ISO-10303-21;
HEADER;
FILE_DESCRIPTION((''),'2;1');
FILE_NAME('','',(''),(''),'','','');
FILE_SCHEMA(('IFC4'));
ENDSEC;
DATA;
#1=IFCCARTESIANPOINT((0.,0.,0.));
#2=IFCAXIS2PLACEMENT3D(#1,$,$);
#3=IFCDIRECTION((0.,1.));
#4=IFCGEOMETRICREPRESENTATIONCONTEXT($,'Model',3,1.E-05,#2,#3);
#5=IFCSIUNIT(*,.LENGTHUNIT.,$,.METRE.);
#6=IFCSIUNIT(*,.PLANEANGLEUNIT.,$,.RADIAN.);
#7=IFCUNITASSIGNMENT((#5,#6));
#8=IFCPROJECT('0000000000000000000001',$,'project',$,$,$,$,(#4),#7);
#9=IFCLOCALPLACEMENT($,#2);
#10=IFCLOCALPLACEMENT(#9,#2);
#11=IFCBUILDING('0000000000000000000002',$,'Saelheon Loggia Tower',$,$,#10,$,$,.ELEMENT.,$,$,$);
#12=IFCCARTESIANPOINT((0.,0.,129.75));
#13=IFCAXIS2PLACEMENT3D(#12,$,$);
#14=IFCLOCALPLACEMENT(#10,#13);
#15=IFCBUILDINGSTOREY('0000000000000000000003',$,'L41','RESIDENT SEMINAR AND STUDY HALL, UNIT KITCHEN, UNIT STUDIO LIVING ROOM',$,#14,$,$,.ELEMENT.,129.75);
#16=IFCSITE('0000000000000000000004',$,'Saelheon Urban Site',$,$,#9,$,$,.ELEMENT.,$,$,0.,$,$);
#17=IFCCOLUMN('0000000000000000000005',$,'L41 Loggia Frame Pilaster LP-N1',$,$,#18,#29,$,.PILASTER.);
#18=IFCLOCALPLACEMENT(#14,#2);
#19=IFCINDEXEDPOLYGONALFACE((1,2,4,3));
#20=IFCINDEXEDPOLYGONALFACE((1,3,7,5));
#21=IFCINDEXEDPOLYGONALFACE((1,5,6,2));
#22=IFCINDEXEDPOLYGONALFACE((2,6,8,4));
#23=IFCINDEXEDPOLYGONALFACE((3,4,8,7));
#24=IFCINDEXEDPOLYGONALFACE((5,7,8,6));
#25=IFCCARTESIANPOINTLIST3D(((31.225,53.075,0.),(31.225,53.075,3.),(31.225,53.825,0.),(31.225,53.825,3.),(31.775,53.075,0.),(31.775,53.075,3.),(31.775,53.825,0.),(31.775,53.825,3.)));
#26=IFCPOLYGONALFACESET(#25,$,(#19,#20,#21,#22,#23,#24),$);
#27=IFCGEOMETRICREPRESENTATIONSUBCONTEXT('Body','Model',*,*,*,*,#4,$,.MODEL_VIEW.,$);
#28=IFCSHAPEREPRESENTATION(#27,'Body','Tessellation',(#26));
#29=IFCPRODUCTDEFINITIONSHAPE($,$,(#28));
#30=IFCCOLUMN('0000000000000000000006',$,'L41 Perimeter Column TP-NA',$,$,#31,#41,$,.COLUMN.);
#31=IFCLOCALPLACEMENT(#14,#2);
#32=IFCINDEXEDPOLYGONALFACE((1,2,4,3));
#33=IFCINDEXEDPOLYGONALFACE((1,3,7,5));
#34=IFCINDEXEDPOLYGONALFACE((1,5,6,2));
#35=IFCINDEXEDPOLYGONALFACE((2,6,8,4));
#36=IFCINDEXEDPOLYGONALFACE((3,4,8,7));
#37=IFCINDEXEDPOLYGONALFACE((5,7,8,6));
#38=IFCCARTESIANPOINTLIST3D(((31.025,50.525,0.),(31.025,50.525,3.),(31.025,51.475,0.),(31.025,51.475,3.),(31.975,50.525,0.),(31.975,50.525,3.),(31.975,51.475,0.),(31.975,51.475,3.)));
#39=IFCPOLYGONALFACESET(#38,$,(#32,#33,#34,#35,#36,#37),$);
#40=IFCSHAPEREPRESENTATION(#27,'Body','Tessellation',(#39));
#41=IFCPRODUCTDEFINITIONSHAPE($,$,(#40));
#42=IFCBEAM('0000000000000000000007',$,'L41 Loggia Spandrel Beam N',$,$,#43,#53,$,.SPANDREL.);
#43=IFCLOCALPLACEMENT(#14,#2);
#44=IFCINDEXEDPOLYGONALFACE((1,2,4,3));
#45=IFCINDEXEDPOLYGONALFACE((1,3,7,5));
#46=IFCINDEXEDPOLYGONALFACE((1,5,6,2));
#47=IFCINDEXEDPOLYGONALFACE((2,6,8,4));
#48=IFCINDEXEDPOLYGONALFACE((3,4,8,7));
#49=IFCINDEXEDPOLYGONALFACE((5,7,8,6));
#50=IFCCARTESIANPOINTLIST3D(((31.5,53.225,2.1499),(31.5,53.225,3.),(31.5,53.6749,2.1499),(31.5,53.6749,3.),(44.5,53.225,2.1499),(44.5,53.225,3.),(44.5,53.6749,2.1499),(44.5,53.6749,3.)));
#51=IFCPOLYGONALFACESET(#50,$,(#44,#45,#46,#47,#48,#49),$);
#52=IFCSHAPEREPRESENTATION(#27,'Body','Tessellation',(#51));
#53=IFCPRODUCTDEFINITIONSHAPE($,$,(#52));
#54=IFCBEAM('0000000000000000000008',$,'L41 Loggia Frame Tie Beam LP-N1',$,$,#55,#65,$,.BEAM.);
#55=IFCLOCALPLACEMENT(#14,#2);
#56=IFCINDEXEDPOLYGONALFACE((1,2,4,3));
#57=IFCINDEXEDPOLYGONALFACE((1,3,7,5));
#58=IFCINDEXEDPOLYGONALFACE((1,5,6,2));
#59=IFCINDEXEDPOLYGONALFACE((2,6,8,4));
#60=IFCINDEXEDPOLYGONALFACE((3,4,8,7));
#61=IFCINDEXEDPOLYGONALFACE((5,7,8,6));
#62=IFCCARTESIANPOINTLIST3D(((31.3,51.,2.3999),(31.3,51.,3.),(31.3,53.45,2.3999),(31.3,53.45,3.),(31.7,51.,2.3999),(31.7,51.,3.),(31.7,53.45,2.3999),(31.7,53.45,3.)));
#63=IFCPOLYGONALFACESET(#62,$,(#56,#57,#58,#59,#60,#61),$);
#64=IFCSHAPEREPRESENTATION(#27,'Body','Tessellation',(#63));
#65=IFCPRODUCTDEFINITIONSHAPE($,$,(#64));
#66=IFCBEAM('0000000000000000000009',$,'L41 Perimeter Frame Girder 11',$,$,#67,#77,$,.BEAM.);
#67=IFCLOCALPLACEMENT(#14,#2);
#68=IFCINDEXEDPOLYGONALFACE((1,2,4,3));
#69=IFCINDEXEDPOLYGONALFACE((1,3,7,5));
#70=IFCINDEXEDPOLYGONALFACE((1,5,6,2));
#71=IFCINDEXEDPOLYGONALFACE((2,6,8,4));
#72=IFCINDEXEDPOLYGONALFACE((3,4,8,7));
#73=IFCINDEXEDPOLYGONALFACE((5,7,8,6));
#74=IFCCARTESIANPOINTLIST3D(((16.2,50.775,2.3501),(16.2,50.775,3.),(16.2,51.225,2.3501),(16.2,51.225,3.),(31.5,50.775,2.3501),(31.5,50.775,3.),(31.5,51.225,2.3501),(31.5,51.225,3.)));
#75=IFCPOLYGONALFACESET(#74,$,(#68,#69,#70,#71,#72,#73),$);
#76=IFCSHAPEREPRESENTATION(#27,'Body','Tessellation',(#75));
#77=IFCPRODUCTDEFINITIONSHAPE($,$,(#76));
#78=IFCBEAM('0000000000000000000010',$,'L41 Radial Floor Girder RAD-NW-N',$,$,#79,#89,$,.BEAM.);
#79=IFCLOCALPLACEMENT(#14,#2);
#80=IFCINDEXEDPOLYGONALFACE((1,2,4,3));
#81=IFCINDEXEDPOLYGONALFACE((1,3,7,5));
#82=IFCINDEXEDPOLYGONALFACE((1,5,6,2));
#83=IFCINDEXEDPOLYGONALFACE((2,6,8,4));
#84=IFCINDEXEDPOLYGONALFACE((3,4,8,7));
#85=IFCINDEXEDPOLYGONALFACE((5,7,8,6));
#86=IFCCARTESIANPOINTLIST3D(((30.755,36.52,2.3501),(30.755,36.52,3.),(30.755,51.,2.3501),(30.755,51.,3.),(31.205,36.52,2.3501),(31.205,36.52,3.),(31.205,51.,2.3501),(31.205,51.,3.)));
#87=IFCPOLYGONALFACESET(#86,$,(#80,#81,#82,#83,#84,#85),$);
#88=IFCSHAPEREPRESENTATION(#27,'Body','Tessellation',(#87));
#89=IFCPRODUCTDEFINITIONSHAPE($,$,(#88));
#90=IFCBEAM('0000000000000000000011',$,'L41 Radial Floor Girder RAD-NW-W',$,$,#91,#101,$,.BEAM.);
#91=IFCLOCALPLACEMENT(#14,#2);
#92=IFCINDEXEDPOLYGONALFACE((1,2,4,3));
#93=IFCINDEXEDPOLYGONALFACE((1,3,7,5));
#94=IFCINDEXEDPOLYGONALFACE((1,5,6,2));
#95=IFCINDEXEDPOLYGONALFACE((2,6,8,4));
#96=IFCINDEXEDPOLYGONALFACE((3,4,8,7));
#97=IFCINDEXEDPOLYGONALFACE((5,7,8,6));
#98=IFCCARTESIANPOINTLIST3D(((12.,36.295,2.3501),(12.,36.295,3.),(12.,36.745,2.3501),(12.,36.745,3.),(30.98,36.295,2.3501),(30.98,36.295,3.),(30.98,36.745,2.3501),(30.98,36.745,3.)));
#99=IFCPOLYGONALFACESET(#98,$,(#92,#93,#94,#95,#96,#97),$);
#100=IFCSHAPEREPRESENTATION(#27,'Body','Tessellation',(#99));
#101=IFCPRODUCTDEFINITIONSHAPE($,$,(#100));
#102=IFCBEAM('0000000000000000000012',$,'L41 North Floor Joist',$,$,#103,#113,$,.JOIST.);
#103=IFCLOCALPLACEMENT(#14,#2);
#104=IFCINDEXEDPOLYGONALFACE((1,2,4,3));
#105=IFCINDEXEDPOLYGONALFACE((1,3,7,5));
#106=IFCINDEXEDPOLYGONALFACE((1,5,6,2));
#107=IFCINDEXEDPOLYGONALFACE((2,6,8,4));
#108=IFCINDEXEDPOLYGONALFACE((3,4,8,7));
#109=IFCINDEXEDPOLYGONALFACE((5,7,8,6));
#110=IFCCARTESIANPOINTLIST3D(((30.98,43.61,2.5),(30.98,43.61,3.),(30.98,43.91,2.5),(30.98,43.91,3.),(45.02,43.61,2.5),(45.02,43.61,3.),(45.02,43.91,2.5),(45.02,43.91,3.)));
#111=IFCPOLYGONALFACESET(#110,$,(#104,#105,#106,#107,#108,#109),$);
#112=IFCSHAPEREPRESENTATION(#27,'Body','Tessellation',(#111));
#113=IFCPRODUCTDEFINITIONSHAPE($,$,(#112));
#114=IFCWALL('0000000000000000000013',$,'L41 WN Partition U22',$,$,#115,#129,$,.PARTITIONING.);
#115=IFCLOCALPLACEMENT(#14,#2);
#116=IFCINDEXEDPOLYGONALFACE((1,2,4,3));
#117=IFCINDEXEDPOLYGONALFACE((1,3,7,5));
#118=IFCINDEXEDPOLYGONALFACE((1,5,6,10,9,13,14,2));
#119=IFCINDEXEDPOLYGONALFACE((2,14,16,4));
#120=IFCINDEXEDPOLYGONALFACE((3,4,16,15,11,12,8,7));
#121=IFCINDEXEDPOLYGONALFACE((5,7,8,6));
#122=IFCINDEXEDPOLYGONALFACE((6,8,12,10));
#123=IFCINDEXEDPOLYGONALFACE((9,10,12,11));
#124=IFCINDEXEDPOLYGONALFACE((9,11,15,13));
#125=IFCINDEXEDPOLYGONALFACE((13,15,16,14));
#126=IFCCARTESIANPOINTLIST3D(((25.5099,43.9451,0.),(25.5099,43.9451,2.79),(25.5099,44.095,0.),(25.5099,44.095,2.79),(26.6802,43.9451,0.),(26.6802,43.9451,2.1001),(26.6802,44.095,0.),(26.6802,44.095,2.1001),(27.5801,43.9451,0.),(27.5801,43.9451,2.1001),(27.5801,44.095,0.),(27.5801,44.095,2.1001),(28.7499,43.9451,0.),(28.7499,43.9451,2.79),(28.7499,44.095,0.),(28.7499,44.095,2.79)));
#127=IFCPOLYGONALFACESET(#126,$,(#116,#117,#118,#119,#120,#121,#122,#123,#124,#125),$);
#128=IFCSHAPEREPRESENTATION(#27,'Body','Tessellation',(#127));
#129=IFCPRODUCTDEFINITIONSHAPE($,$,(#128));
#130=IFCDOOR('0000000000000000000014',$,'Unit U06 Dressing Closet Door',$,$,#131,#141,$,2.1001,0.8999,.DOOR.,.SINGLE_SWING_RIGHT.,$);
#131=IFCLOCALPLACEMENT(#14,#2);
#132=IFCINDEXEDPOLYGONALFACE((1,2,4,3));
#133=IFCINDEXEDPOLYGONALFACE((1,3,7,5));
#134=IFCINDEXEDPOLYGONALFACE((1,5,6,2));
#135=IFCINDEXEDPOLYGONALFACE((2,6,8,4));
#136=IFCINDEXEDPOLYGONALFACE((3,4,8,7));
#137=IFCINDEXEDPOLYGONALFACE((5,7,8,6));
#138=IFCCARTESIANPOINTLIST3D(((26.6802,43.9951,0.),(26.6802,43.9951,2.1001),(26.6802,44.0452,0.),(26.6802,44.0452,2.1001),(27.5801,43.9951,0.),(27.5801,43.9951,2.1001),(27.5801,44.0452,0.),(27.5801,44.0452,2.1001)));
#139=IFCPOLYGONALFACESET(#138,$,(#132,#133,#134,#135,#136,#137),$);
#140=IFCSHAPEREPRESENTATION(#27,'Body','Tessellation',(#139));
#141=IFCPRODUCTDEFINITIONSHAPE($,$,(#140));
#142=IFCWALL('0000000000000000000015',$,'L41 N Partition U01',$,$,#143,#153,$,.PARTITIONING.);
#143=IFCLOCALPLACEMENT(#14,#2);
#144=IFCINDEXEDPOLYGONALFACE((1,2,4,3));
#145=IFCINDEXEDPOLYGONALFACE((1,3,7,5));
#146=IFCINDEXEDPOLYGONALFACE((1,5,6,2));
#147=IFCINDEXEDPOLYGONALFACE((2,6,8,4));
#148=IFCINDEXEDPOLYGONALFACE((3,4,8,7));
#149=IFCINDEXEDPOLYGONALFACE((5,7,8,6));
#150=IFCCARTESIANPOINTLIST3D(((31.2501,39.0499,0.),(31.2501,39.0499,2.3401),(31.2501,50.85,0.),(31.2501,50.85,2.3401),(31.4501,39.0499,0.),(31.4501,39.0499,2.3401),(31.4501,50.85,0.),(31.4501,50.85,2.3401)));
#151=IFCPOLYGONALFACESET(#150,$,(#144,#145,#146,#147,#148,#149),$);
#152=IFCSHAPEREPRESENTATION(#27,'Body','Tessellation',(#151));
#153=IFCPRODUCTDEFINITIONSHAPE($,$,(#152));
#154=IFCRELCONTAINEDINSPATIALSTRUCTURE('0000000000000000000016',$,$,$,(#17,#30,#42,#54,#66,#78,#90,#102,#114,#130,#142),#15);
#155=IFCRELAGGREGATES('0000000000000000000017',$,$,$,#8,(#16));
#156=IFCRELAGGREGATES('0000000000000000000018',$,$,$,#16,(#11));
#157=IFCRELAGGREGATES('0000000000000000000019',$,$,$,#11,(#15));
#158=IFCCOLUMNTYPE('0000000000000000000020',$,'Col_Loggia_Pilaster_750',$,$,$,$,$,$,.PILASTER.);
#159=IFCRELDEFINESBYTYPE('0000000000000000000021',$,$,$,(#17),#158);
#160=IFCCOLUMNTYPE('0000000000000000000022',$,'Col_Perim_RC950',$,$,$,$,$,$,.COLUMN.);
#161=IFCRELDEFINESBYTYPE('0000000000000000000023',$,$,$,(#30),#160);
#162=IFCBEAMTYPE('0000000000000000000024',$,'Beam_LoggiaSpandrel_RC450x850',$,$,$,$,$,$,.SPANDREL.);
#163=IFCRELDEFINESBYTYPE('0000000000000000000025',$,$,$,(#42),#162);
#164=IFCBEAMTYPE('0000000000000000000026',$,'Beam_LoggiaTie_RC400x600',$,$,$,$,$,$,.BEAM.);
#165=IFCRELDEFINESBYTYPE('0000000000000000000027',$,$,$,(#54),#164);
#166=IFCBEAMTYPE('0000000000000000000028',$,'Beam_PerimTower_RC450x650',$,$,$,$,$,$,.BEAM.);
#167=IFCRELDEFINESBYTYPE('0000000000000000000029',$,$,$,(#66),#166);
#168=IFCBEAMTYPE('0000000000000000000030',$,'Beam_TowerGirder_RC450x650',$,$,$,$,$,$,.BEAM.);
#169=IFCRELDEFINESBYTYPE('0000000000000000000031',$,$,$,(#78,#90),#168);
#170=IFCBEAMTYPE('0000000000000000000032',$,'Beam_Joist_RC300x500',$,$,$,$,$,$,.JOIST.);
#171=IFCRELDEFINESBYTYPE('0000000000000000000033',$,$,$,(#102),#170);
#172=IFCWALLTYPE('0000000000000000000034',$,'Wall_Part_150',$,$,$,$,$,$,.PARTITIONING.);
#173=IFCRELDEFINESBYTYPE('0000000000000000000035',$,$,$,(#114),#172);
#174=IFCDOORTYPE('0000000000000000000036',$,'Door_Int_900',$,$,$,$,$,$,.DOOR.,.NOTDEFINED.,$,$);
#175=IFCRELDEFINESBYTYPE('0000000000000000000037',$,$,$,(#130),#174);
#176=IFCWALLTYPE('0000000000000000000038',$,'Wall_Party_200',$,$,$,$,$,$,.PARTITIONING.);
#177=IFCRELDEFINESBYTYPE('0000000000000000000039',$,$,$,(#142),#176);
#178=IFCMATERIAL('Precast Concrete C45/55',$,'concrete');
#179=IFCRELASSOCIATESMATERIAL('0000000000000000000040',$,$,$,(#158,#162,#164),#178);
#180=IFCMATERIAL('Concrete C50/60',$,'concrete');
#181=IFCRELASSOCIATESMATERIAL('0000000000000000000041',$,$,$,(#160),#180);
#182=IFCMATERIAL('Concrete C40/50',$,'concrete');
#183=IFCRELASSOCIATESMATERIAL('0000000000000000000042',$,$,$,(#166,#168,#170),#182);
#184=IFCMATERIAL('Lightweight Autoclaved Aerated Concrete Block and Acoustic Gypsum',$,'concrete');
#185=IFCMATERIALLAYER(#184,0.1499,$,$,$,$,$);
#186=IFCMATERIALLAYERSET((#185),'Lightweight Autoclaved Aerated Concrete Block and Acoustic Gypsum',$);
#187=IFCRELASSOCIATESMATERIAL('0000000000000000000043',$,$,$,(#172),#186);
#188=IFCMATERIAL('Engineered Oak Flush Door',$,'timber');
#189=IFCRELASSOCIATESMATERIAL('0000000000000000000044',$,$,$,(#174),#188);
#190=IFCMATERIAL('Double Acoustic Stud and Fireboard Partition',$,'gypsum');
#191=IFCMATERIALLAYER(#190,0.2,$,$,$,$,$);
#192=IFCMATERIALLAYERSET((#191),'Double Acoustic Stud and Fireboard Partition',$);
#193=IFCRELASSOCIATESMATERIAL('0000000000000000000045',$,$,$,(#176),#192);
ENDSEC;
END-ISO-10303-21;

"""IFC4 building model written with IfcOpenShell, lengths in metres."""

from ifc_helpers import new_model, si_unit, direction, frame, frame_2d, origin, origin_2d, place, context, subcontext, project, spatial, rectangle, extrude, source, transform, mapped, material, layer, layer_set, material_profile, profile_set, type_object, element, fill, save


model = new_model("IFC4")

# Units and contexts
model_context = context("Model", 3, precision=1e-05, world=origin(), true_north=direction((0.0, 1.0)))
body_context = subcontext(model_context, "Body", "Model", "MODEL_VIEW")
ifc_project = project(units=[si_unit("LENGTHUNIT", "METRE"), si_unit("PLANEANGLEUNIT", "RADIAN")], contexts=[model_context])

# Site, building, storey
site_placement = place(None, origin())
site = spatial("IfcSite", under=ifc_project, at=site_placement, Name="Saelheon Urban Site", CompositionType="ELEMENT", RefElevation=0.0)
building_placement = place(site_placement, origin())
building = spatial("IfcBuilding", under=site, at=building_placement, Name="Saelheon Loggia Tower", CompositionType="ELEMENT")
storey_placement = place(building_placement, frame((0.0, 0.0, 129.75)))
storey = spatial("IfcBuildingStorey", under=building, at=storey_placement, Name="L41", Description="RESIDENT SEMINAR AND STUDY HALL, UNIT KITCHEN, UNIT STUDIO LIVING ROOM", CompositionType="ELEMENT", Elevation=129.75)

# Columns
ifc_material_1 = material(Name="Precast Concrete C45/55", Category="concrete")
ifc_material_profile_1 = material_profile(ifc_material_1, rectangle(XDim=0.55, YDim=0.75, at=origin_2d()), Name="RC-550x750")
ifc_profile_set_1 = profile_set([ifc_material_profile_1], Name="Precast Concrete C45/55")
column_type_1 = type_object("IfcColumnType", Name="Col_Loggia_Pilaster_750", PredefinedType="PILASTER", material=ifc_profile_set_1)
shared_shape_1 = source(origin(), body_context, "Body", "SweptSolid", [
    extrude(rectangle(XDim=0.55, YDim=0.75, at=origin_2d()), origin(), (0.0, 0.0, 1.0), 3.0),
])
column_1_placement = place(storey_placement, frame((31.5, 53.45, 0.0), z_axis=(0.0, 0.0, 1.0), x_axis=(1.0, 0.0, 0.0)))
element("IfcColumn", 1, at=column_1_placement, inside=storey, type_object=column_type_1, Name="L41 Loggia Frame Pilaster LP-N1", PredefinedType="PILASTER", context=body_context, shape_type="MappedRepresentation", body=[
    mapped(shared_shape_1, transform((0.0, 0.0, 0.0), scale=1.0)),
])
ifc_material_2 = material(Name="Concrete C50/60", Category="concrete")
ifc_material_profile_2 = material_profile(ifc_material_2, rectangle(XDim=0.95, YDim=0.95, at=origin_2d()), Name="RC-950x950")
ifc_profile_set_2 = profile_set([ifc_material_profile_2], Name="Concrete C50/60")
column_type_2 = type_object("IfcColumnType", Name="Col_Perim_RC950", PredefinedType="COLUMN", material=ifc_profile_set_2)
shared_shape_2 = source(origin(), body_context, "Body", "SweptSolid", [
    extrude(rectangle(XDim=0.95, YDim=0.95, at=origin_2d()), origin(), (0.0, 0.0, 1.0), 3.0),
])
column_2_placement = place(storey_placement, frame((31.5, 51.0, 0.0), z_axis=(0.0, 0.0, 1.0), x_axis=(1.0, 0.0, 0.0)))
element("IfcColumn", 2, at=column_2_placement, inside=storey, type_object=column_type_2, Name="L41 Perimeter Column TP-NA", PredefinedType="COLUMN", context=body_context, shape_type="MappedRepresentation", body=[
    mapped(shared_shape_2, transform((0.0, 0.0, 0.0), scale=1.0)),
])

# Beams
ifc_material_profile_3 = material_profile(ifc_material_1, rectangle(XDim=0.45, YDim=0.8501, at=origin_2d()), Name="RC-450x850")
ifc_profile_set_3 = profile_set([ifc_material_profile_3], Name="Precast Concrete C45/55")
beam_type_1 = type_object("IfcBeamType", Name="Beam_LoggiaSpandrel_RC450x850", PredefinedType="SPANDREL", material=ifc_profile_set_3)
shared_shape_3 = source(origin(), body_context, "Body", "SweptSolid", [
    extrude(rectangle(XDim=0.45, YDim=0.8501, at=origin_2d()), origin(), (0.0, 0.0, 1.0), 13.0),
])
beam_1_placement = place(storey_placement, frame((31.5, 53.45, 2.575), z_axis=(1.0, 0.0, 0.0), x_axis=(0.0, 1.0, 0.0)))
element("IfcBeam", 3, at=beam_1_placement, inside=storey, type_object=beam_type_1, Name="L41 Loggia Spandrel Beam N", PredefinedType="SPANDREL", context=body_context, shape_type="MappedRepresentation", body=[
    mapped(shared_shape_3, transform((0.0, 0.0, 0.0), scale=1.0)),
])
ifc_material_profile_4 = material_profile(ifc_material_1, rectangle(XDim=0.3999, YDim=0.6001, at=origin_2d()), Name="RC-400x600")
ifc_profile_set_4 = profile_set([ifc_material_profile_4], Name="Precast Concrete C45/55")
beam_type_2 = type_object("IfcBeamType", Name="Beam_LoggiaTie_RC400x600", PredefinedType="BEAM", material=ifc_profile_set_4)
shared_shape_4 = source(origin(), body_context, "Body", "SweptSolid", [
    extrude(rectangle(XDim=0.3999, YDim=0.6001, at=origin_2d()), origin(), (0.0, 0.0, 1.0), 2.45),
])
beam_2_placement = place(storey_placement, frame((31.5, 51.0, 2.7), z_axis=(0.0, 1.0, 0.0), x_axis=(-1.0, 0.0, 0.0)))
element("IfcBeam", 4, at=beam_2_placement, inside=storey, type_object=beam_type_2, Name="L41 Loggia Frame Tie Beam LP-N1", PredefinedType="BEAM", context=body_context, shape_type="MappedRepresentation", body=[
    mapped(shared_shape_4, transform((0.0, 0.0, 0.0), scale=1.0)),
])
ifc_material_3 = material(Name="Concrete C40/50", Category="concrete")
ifc_material_profile_5 = material_profile(ifc_material_3, rectangle(XDim=0.45, YDim=0.6499, at=origin_2d()), Name="RC-450x650")
ifc_profile_set_5 = profile_set([ifc_material_profile_5], Name="Concrete C40/50")
beam_type_3 = type_object("IfcBeamType", Name="Beam_PerimTower_RC450x650", PredefinedType="BEAM", material=ifc_profile_set_5)
shared_shape_5 = source(origin(), body_context, "Body", "SweptSolid", [
    extrude(rectangle(XDim=0.45, YDim=0.6499, at=origin_2d()), origin(), (0.0, 0.0, 1.0), 15.3),
])
beam_3_placement = place(storey_placement, frame((31.5, 51.0, 2.675), z_axis=(-1.0, 0.0, 0.0), x_axis=(0.0, -1.0, 0.0)))
element("IfcBeam", 5, at=beam_3_placement, inside=storey, type_object=beam_type_3, Name="L41 Perimeter Frame Girder 11", PredefinedType="BEAM", context=body_context, shape_type="MappedRepresentation", body=[
    mapped(shared_shape_5, transform((0.0, 0.0, 0.0), scale=1.0)),
])
ifc_material_profile_6 = material_profile(ifc_material_3, rectangle(XDim=0.45, YDim=0.6499, at=origin_2d()), Name="RC-450x650")
ifc_profile_set_6 = profile_set([ifc_material_profile_6], Name="Concrete C40/50")
beam_type_4 = type_object("IfcBeamType", Name="Beam_TowerGirder_RC450x650", PredefinedType="BEAM", material=ifc_profile_set_6)
shared_shape_6 = source(origin(), body_context, "Body", "SweptSolid", [
    extrude(rectangle(XDim=0.45, YDim=0.6499, at=origin_2d()), origin(), (0.0, 0.0, 1.0), 14.48),
])
beam_4_placement = place(storey_placement, frame((30.98, 36.52, 2.675), z_axis=(0.0, 1.0, 0.0), x_axis=(-1.0, 0.0, 0.0)))
element("IfcBeam", 6, at=beam_4_placement, inside=storey, type_object=beam_type_4, Name="L41 Radial Floor Girder RAD-NW-N", PredefinedType="BEAM", context=body_context, shape_type="MappedRepresentation", body=[
    mapped(shared_shape_6, transform((0.0, 0.0, 0.0), scale=1.0)),
])
shared_shape_7 = source(origin(), body_context, "Body", "SweptSolid", [
    extrude(rectangle(XDim=0.45, YDim=0.6499, at=origin_2d()), origin(), (0.0, 0.0, 1.0), 18.98),
])
beam_5_placement = place(storey_placement, frame((30.98, 36.52, 2.675), z_axis=(-1.0, 0.0, 0.0), x_axis=(0.0, -1.0, 0.0)))
element("IfcBeam", 7, at=beam_5_placement, inside=storey, type_object=beam_type_4, Name="L41 Radial Floor Girder RAD-NW-W", PredefinedType="BEAM", context=body_context, shape_type="MappedRepresentation", body=[
    mapped(shared_shape_7, transform((0.0, 0.0, 0.0), scale=1.0)),
])
ifc_material_profile_7 = material_profile(ifc_material_3, rectangle(XDim=0.3, YDim=0.5, at=origin_2d()), Name="RC-300x500")
ifc_profile_set_7 = profile_set([ifc_material_profile_7], Name="Concrete C40/50")
beam_type_5 = type_object("IfcBeamType", Name="Beam_Joist_RC300x500", PredefinedType="JOIST", material=ifc_profile_set_7)
shared_shape_8 = source(origin(), body_context, "Body", "SweptSolid", [
    extrude(rectangle(XDim=0.3, YDim=0.5, at=origin_2d()), origin(), (0.0, 0.0, 1.0), 14.04),
])
beam_6_placement = place(storey_placement, frame((30.98, 43.76, 2.75), z_axis=(1.0, 0.0, 0.0), x_axis=(0.0, 1.0, 0.0)))
element("IfcBeam", 8, at=beam_6_placement, inside=storey, type_object=beam_type_5, Name="L41 North Floor Joist", PredefinedType="JOIST", context=body_context, shape_type="MappedRepresentation", body=[
    mapped(shared_shape_8, transform((0.0, 0.0, 0.0), scale=1.0)),
])

# Wall, opening, door
ifc_material_4 = material(Name="Lightweight Autoclaved Aerated Concrete Block and Acoustic Gypsum", Category="concrete")
ifc_layer_1 = layer(ifc_material_4, 0.1499)
ifc_layer_set_1 = layer_set([ifc_layer_1], Name="Lightweight Autoclaved Aerated Concrete Block and Acoustic Gypsum")
wall_type_1 = type_object("IfcWallType", Name="Wall_Part_150", PredefinedType="PARTITIONING", material=ifc_layer_set_1)
wall_1_placement = place(storey_placement, frame((28.75, 44.02, 0.0), z_axis=(0.0, 0.0, 1.0), x_axis=(-1.0, 0.0, 0.0)))
wall_1 = element("IfcWall", 9, at=wall_1_placement, inside=storey, type_object=wall_type_1, Name="L41 WN Partition U22", PredefinedType="PARTITIONING", context=body_context, shape_type="SweptSolid", body=[
    extrude(rectangle(XDim=3.24, YDim=0.1499, at=frame_2d((1.6201, 0.0))), origin(), (0.0, 0.0, 1.0), 2.79),
])
opening_1_placement = place(wall_1_placement, frame((1.1699, 0.0, 0.0)))
opening_1 = element("IfcOpeningElement", 10, at=opening_1_placement, cuts=wall_1, PredefinedType="OPENING", context=body_context, shape_type="SweptSolid", body=[
    extrude(rectangle(XDim=0.8999, YDim=2.1001, at=frame_2d((0.45, 1.05))), frame((0.0, 0.0869, 0.0), z_axis=(0.0, -1.0, 0.0), x_axis=(1.0, 0.0, 0.0)), (0.0, 0.0, 1.0), 0.1738),
])
ifc_material_5 = material(Name="Engineered Oak Flush Door", Category="timber")
door_type_1 = type_object("IfcDoorType", Name="Door_Int_900", OperationType="NOTDEFINED", PredefinedType="DOOR", material=ifc_material_5)
shared_shape_9 = source(origin(), body_context, "Body", "SweptSolid", [
    extrude(rectangle(XDim=0.8999, YDim=2.1001, at=frame_2d((0.45, 1.05))), frame((0.0, 0.0249, 0.0), z_axis=(0.0, -1.0, 0.0), x_axis=(1.0, 0.0, 0.0)), (0.0, 0.0, 1.0), 0.05),
])
door_1_placement = place(opening_1_placement, origin())
door_1 = element("IfcDoor", 11, at=door_1_placement, inside=storey, type_object=door_type_1, Name="Unit U06 Dressing Closet Door", OperationType="SINGLE_SWING_RIGHT", OverallHeight=2.1001, OverallWidth=0.8999, PredefinedType="DOOR", context=body_context, shape_type="MappedRepresentation", body=[
    mapped(shared_shape_9, transform((0.0, 0.0, 0.0), scale=1.0)),
])
fill(opening_1, door_1)

# Wall
ifc_material_6 = material(Name="Double Acoustic Stud and Fireboard Partition", Category="gypsum")
ifc_layer_2 = layer(ifc_material_6, 0.2)
ifc_layer_set_2 = layer_set([ifc_layer_2], Name="Double Acoustic Stud and Fireboard Partition")
wall_type_2 = type_object("IfcWallType", Name="Wall_Party_200", PredefinedType="PARTITIONING", material=ifc_layer_set_2)
wall_2_placement = place(storey_placement, frame((31.3501, 39.05, 0.0), z_axis=(0.0, 0.0, 1.0), x_axis=(0.0, 1.0, 0.0)))
element("IfcWall", 12, at=wall_2_placement, inside=storey, type_object=wall_type_2, Name="L41 N Partition U01", PredefinedType="PARTITIONING", context=body_context, shape_type="SweptSolid", body=[
    extrude(rectangle(XDim=11.8, YDim=0.2, at=frame_2d((5.8999, 0.0))), origin(), (0.0, 0.0, 1.0), 2.3401),
])

save(model, "model.ifc")
